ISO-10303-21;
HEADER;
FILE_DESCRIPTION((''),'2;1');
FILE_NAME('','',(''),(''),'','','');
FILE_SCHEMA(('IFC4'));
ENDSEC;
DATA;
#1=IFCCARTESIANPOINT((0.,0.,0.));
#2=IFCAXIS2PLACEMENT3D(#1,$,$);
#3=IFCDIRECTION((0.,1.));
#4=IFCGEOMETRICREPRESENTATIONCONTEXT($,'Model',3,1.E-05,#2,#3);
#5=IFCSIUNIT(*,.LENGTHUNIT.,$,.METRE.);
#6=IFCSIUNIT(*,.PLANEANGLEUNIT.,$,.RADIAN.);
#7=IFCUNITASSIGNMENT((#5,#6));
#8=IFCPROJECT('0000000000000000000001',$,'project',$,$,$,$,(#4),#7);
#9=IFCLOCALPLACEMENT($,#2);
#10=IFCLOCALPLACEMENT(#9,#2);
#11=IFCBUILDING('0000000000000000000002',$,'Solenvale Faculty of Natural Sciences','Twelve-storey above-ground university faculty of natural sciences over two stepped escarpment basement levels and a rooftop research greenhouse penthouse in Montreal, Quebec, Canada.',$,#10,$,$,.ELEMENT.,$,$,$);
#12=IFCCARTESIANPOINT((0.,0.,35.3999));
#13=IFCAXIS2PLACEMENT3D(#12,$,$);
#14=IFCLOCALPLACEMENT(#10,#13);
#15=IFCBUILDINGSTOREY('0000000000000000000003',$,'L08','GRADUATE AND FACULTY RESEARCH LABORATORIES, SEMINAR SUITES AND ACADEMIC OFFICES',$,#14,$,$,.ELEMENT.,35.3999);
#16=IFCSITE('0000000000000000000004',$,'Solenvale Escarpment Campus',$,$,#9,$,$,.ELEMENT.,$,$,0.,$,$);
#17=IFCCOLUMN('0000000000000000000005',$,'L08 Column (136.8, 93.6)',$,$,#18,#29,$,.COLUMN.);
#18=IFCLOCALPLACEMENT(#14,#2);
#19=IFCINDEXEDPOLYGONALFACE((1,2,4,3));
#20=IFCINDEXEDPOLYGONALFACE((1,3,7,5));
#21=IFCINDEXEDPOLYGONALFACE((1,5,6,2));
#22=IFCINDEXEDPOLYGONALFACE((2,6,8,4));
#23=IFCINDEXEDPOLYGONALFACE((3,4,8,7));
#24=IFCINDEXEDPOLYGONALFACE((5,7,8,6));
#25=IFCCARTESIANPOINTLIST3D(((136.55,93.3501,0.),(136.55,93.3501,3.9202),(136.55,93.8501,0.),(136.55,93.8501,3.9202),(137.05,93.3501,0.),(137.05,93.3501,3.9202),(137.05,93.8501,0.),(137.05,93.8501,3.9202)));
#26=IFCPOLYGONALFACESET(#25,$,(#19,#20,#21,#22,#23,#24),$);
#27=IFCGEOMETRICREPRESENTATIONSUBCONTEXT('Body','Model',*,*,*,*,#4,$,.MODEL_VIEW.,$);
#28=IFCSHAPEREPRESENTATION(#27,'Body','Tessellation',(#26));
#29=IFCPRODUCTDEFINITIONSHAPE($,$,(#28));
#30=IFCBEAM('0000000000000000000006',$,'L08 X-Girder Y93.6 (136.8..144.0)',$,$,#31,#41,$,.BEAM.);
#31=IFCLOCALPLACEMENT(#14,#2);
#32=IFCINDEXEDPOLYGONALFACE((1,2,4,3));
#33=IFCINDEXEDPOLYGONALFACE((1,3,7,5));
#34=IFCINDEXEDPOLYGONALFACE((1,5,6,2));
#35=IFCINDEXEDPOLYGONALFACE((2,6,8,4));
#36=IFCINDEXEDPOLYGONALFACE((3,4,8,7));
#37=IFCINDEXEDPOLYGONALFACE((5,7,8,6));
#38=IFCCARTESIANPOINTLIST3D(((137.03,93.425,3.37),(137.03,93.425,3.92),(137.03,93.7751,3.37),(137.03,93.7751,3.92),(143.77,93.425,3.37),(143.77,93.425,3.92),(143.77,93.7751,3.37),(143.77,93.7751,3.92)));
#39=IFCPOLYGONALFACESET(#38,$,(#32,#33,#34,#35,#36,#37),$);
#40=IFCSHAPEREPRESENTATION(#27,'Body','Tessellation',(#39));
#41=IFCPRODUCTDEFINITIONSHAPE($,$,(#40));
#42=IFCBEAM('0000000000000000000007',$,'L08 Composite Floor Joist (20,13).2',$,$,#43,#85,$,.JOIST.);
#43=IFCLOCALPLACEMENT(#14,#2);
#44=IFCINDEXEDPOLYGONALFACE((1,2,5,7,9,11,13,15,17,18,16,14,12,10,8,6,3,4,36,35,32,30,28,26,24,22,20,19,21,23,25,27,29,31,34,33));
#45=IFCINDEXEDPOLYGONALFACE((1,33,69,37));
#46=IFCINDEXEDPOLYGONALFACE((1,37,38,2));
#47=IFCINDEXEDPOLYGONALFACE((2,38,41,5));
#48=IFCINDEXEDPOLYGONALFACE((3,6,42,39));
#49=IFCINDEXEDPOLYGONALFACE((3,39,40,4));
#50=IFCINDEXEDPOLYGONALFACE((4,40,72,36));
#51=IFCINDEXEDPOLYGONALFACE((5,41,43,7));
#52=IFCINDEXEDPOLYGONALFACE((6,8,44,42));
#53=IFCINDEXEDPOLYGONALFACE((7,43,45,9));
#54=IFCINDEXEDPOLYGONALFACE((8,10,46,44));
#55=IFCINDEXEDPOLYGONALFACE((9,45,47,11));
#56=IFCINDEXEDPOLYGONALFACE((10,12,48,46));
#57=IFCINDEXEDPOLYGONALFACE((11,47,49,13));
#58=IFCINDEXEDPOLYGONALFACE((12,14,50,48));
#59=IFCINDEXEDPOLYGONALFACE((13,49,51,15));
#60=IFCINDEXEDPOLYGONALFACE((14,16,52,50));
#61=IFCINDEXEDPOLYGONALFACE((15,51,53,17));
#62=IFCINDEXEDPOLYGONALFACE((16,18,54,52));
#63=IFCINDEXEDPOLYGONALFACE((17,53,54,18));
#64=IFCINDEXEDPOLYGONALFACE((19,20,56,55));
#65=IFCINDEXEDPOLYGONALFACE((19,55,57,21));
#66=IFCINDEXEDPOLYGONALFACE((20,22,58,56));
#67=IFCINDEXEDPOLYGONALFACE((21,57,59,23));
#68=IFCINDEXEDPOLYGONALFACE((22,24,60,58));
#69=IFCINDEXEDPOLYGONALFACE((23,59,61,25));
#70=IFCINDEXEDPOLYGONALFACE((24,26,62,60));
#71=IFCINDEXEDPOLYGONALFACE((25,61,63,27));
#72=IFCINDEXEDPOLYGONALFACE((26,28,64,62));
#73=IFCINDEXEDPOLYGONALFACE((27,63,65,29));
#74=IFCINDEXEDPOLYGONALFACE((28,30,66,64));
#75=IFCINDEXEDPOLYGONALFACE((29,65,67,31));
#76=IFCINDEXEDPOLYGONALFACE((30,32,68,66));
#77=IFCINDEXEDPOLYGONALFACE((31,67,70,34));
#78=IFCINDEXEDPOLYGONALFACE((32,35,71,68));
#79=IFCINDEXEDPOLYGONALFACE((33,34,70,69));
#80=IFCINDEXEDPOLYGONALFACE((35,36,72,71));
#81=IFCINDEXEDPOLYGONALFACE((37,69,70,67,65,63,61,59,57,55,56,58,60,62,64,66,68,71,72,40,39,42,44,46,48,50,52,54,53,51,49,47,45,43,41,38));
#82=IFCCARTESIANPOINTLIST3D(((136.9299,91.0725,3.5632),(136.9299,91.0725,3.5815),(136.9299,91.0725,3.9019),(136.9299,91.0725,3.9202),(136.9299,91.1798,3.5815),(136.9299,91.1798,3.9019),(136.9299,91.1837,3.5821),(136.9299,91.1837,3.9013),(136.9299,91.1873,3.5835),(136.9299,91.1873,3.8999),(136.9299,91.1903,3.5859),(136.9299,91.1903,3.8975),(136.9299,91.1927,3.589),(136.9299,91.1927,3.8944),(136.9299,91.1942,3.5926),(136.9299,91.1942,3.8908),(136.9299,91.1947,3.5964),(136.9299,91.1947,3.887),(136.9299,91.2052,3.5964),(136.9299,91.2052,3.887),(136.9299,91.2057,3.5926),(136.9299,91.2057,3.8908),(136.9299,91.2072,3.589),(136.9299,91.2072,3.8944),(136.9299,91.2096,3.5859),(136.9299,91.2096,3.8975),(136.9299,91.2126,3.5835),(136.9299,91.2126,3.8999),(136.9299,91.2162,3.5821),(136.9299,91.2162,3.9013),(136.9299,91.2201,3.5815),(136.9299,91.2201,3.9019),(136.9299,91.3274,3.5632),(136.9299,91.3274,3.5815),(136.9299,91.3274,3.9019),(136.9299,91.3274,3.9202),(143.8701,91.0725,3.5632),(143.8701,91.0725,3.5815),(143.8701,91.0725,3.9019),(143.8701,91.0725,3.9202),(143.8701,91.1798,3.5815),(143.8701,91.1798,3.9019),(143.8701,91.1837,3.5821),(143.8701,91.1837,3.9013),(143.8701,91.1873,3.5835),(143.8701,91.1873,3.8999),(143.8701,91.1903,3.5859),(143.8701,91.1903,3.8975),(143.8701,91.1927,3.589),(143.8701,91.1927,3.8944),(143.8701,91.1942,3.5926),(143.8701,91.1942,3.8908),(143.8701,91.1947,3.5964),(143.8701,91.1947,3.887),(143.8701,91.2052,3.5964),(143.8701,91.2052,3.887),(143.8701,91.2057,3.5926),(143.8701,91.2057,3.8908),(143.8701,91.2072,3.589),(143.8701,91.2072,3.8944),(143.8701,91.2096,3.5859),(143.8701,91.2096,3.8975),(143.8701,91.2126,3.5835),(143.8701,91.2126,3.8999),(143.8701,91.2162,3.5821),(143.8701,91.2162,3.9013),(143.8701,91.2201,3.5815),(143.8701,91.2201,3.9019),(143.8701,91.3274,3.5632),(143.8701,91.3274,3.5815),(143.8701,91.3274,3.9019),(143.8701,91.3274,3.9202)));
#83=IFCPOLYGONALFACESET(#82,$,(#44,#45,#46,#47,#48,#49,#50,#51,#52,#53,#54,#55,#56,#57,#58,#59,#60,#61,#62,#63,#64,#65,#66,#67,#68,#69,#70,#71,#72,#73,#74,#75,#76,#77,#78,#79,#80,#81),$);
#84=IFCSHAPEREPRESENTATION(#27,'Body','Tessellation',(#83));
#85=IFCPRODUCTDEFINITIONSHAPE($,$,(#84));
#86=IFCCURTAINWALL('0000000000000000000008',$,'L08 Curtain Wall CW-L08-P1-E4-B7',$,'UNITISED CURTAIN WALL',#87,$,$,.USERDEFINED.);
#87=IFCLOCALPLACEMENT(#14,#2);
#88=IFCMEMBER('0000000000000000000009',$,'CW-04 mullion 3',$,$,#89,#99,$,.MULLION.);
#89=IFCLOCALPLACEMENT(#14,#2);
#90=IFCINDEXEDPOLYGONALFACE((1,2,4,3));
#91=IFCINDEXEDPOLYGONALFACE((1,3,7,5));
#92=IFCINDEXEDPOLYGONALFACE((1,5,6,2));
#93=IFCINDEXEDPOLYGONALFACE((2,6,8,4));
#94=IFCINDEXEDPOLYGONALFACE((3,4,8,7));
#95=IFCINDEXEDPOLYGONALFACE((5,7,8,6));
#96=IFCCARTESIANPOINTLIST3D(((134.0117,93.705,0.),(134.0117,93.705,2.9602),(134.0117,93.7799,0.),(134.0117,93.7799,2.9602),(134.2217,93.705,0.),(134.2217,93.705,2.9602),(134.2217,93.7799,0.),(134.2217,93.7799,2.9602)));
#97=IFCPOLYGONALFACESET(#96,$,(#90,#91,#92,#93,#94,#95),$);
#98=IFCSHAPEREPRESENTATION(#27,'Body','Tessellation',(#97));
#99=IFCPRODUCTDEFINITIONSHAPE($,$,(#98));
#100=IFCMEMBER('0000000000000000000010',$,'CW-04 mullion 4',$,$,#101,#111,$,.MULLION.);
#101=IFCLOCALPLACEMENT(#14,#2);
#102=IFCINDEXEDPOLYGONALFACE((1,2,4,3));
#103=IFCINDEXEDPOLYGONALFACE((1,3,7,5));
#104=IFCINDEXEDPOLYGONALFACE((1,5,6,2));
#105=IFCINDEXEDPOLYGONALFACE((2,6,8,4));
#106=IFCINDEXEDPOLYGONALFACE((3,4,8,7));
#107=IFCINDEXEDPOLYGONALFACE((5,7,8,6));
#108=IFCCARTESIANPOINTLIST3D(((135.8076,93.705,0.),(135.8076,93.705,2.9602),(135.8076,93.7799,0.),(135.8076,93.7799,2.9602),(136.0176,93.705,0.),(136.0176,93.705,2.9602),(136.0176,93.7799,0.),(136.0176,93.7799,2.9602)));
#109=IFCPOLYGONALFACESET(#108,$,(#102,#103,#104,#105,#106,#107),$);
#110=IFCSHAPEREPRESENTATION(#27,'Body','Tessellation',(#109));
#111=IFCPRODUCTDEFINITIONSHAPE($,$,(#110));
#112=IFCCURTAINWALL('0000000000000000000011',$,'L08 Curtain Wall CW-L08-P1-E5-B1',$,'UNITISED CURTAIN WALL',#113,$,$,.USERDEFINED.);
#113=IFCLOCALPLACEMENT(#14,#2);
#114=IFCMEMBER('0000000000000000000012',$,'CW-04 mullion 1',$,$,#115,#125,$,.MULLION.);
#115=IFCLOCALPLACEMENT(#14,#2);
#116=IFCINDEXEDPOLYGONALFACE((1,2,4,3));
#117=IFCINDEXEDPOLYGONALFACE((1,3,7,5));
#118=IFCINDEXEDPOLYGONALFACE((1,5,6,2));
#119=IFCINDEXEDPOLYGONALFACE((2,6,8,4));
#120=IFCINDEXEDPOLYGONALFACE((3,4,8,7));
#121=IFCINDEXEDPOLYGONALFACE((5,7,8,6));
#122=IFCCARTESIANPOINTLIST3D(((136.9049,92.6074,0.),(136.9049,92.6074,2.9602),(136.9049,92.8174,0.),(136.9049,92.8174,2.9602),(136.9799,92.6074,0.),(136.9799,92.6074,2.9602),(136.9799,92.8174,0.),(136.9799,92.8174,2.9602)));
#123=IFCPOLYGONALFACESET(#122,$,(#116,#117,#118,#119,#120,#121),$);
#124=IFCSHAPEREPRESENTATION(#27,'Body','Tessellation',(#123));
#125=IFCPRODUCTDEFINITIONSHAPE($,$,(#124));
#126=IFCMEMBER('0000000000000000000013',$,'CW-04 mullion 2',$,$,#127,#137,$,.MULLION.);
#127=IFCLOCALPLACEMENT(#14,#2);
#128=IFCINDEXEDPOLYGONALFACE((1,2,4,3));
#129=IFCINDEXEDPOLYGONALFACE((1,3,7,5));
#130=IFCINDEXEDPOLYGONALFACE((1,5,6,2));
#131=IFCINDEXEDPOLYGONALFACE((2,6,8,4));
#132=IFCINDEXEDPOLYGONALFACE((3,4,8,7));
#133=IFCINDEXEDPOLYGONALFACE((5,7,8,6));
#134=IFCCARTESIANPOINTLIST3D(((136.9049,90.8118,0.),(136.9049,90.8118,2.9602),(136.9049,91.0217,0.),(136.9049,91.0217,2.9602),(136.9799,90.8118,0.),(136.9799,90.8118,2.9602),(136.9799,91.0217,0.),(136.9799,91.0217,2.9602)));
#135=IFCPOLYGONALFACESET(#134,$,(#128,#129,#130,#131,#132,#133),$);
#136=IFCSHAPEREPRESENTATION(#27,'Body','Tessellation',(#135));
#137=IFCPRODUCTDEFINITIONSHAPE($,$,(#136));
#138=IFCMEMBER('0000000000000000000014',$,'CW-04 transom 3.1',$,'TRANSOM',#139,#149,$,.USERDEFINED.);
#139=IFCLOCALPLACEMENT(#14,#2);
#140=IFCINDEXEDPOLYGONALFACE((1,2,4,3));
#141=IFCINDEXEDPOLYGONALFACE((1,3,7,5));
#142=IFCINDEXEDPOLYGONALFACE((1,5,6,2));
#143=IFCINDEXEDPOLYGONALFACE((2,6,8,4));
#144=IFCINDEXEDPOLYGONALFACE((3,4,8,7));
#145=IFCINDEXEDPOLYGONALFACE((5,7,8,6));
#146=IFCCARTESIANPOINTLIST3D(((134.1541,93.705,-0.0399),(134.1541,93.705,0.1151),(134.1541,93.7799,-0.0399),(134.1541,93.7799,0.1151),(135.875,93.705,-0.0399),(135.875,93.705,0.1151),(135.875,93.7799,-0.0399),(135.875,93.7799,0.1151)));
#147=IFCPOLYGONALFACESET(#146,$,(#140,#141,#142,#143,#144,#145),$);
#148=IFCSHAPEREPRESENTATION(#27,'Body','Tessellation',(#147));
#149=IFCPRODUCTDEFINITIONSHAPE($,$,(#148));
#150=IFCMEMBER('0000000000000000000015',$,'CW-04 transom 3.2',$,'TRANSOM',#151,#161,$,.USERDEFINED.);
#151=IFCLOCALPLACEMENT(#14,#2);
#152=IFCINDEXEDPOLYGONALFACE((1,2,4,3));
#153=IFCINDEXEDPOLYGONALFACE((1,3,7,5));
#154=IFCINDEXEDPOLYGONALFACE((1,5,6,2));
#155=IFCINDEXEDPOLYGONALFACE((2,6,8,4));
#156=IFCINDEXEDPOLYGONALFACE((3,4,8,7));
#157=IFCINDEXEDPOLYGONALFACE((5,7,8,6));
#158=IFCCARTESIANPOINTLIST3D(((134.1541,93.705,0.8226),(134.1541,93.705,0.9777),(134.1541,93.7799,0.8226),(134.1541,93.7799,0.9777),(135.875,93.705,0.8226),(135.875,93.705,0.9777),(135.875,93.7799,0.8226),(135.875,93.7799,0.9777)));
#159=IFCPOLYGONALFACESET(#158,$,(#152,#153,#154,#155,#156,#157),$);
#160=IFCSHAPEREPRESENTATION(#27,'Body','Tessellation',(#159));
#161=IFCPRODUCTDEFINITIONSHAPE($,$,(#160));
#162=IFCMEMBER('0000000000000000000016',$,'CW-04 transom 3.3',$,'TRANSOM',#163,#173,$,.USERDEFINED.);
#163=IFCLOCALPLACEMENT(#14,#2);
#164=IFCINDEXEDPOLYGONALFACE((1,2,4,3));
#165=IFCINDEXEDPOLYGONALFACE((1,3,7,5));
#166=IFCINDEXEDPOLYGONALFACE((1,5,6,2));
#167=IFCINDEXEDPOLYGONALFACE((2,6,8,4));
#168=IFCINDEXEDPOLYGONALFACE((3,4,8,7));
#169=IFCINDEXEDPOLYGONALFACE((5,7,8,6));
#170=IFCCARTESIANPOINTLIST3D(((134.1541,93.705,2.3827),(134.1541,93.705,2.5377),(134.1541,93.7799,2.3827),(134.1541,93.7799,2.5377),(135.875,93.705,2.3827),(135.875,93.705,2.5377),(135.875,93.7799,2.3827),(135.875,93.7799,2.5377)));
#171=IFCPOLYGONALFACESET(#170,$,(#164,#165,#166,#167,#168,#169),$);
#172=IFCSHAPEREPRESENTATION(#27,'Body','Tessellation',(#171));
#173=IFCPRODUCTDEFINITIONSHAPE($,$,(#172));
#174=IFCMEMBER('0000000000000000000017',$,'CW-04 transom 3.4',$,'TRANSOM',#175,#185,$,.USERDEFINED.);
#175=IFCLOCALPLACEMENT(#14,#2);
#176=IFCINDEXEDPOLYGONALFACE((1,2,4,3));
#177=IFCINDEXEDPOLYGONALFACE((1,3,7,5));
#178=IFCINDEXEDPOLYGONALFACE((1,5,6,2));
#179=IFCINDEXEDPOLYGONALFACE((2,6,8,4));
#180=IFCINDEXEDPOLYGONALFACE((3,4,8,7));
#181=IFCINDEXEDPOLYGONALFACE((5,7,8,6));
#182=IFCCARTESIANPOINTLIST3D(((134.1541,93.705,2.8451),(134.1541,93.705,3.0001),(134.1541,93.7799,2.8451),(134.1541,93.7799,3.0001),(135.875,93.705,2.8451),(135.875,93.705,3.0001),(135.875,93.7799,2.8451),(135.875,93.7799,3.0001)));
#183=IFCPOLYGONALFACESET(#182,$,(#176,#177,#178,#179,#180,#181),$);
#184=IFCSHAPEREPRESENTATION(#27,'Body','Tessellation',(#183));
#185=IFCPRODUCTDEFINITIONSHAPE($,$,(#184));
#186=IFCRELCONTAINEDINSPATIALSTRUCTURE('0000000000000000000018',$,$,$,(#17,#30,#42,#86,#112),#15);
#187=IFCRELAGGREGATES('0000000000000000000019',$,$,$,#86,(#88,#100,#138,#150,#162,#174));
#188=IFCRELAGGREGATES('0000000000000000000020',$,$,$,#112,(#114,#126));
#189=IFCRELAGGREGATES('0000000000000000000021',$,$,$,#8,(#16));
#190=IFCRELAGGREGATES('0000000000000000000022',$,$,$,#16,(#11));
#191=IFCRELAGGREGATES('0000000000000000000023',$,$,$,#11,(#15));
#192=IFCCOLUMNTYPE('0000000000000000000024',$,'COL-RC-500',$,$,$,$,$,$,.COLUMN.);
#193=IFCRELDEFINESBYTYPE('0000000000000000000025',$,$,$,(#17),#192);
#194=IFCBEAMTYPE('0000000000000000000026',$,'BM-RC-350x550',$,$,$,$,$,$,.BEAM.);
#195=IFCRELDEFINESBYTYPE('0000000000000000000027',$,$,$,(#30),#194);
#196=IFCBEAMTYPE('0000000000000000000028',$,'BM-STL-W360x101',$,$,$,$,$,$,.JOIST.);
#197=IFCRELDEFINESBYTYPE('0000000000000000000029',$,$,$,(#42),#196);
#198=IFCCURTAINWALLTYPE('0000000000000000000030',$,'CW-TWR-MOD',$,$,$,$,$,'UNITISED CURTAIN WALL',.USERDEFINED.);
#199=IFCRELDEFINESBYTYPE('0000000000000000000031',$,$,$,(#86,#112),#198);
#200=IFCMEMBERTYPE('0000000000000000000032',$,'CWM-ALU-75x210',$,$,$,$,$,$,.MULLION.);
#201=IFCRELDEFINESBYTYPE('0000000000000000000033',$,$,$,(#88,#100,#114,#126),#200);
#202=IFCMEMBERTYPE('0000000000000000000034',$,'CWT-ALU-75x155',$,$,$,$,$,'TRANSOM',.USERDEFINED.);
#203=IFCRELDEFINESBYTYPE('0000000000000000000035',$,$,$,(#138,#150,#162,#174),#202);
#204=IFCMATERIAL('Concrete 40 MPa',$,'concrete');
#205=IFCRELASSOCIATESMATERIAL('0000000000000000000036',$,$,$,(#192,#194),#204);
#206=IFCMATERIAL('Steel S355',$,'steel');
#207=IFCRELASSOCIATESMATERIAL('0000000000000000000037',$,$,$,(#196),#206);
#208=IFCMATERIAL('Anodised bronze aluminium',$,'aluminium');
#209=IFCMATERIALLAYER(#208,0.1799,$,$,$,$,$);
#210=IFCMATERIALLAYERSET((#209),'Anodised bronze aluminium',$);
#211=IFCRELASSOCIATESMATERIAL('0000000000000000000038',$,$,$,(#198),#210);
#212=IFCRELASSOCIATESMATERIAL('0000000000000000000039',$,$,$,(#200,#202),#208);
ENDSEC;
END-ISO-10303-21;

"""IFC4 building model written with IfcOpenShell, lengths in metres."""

from ifc_helpers import new_model, si_unit, direction, frame, origin, origin_2d, place, context, subcontext, project, spatial, rectangle, i_section, extrude, material, layer, layer_set, material_profile, profile_set, type_object, element, aggregate, save


model = new_model("IFC4")

# Units and contexts
model_context = context("Model", 3, precision=1e-05, world=origin(), true_north=direction((0.0, 1.0)))
body_context = subcontext(model_context, "Body", "Model", "MODEL_VIEW")
ifc_project = project(units=[si_unit("LENGTHUNIT", "METRE"), si_unit("PLANEANGLEUNIT", "RADIAN")], contexts=[model_context])

# Site, building, storey
site_placement = place(None, origin())
site = spatial("IfcSite", under=ifc_project, at=site_placement, Name="Solenvale Escarpment Campus", CompositionType="ELEMENT", RefElevation=0.0)
building_placement = place(site_placement, origin())
building = spatial("IfcBuilding", under=site, at=building_placement, Name="Solenvale Faculty of Natural Sciences", Description="Twelve-storey above-ground university faculty of natural sciences over two stepped escarpment basement levels and a rooftop research greenhouse penthouse in Montreal, Quebec, Canada.", CompositionType="ELEMENT")
storey_placement = place(building_placement, frame((0.0, 0.0, 35.3999)))
storey = spatial("IfcBuildingStorey", under=building, at=storey_placement, Name="L08", Description="GRADUATE AND FACULTY RESEARCH LABORATORIES, SEMINAR SUITES AND ACADEMIC OFFICES", CompositionType="ELEMENT", Elevation=35.3999)

# Column
ifc_material_1 = material(Name="Concrete 40 MPa", Category="concrete")
ifc_material_profile_1 = material_profile(ifc_material_1, rectangle(XDim=0.5, YDim=0.5, at=origin_2d()), Name="RC-COL-500x500")
ifc_profile_set_1 = profile_set([ifc_material_profile_1], Name="Concrete 40 MPa")
column_type = type_object("IfcColumnType", Name="COL-RC-500", PredefinedType="COLUMN", material=ifc_profile_set_1)
column_placement = place(storey_placement, frame((136.8, 93.6001, 0.0), z_axis=(0.0, 0.0, 1.0), x_axis=(1.0, 0.0, 0.0)))
element("IfcColumn", 1, at=column_placement, inside=storey, type_object=column_type, Name="L08 Column (136.8, 93.6)", PredefinedType="COLUMN", context=body_context, shape_type="SweptSolid", body=[
    extrude(rectangle(XDim=0.5, YDim=0.5, at=origin_2d()), origin(), (0.0, 0.0, 1.0), 3.9202),
])

# Beams
ifc_material_profile_2 = material_profile(ifc_material_1, rectangle(XDim=0.3501, YDim=0.55, at=origin_2d()), Name="RC-BM-350x550")
ifc_profile_set_2 = profile_set([ifc_material_profile_2], Name="Concrete 40 MPa")
beam_type_1 = type_object("IfcBeamType", Name="BM-RC-350x550", PredefinedType="BEAM", material=ifc_profile_set_2)
beam_1_placement = place(storey_placement, frame((137.03, 93.6001, 3.645), z_axis=(1.0, 0.0, 0.0), x_axis=(0.0, 1.0, 0.0)))
element("IfcBeam", 2, at=beam_1_placement, inside=storey, type_object=beam_type_1, Name="L08 X-Girder Y93.6 (136.8..144.0)", PredefinedType="BEAM", context=body_context, shape_type="SweptSolid", body=[
    extrude(rectangle(XDim=0.3501, YDim=0.55, at=origin_2d()), origin(), (0.0, 0.0, 1.0), 6.74),
])
ifc_material_2 = material(Name="Steel S355", Category="steel")
ifc_material_profile_3 = material_profile(ifc_material_2, i_section(OverallWidth=0.2549, OverallDepth=0.3569, WebThickness=0.0105, FlangeThickness=0.0183, FilletRadius=0.0149, at=origin_2d()), Name="W360x101")
ifc_profile_set_3 = profile_set([ifc_material_profile_3], Name="Steel S355")
beam_type_2 = type_object("IfcBeamType", Name="BM-STL-W360x101", PredefinedType="JOIST", material=ifc_profile_set_3)
beam_2_placement = place(storey_placement, frame((136.9299, 91.2, 3.7417), z_axis=(1.0, 0.0, 0.0), x_axis=(0.0, 1.0, 0.0)))
element("IfcBeam", 3, at=beam_2_placement, inside=storey, type_object=beam_type_2, Name="L08 Composite Floor Joist (20,13).2", PredefinedType="JOIST", context=body_context, shape_type="SweptSolid", body=[
    extrude(i_section(OverallWidth=0.2549, OverallDepth=0.3569, WebThickness=0.0105, FlangeThickness=0.0183, FilletRadius=0.0149, at=origin_2d()), origin(), (0.0, 0.0, 1.0), 6.9402),
])

# Curtain walls, members
ifc_material_3 = material(Name="Anodised bronze aluminium", Category="aluminium")
ifc_layer_1 = layer(ifc_material_3, 0.1799)
ifc_layer_set_1 = layer_set([ifc_layer_1], Name="Anodised bronze aluminium")
curtain_wall_type = type_object("IfcCurtainWallType", Name="CW-TWR-MOD", ElementType="UNITISED CURTAIN WALL", PredefinedType="USERDEFINED", material=ifc_layer_set_1)
curtain_wall_1_placement = place(storey_placement, origin())
curtain_wall_1 = element("IfcCurtainWall", 4, at=curtain_wall_1_placement, inside=storey, type_object=curtain_wall_type, Name="L08 Curtain Wall CW-L08-P1-E4-B7", ObjectType="UNITISED CURTAIN WALL", PredefinedType="USERDEFINED")
ifc_material_profile_4 = material_profile(ifc_material_3, rectangle(XDim=0.075, YDim=0.21, at=origin_2d()), Name="ALU-MUL-75x210")
ifc_profile_set_4 = profile_set([ifc_material_profile_4], Name="Anodised bronze aluminium")
member_type_1 = type_object("IfcMemberType", Name="CWM-ALU-75x210", PredefinedType="MULLION", material=ifc_profile_set_4)
member_1_placement = place(storey_placement, frame((134.1167, 93.7424, 0.0), z_axis=(0.0, 0.0, 1.0), x_axis=(0.0, 1.0, 0.0)))
member_1 = element("IfcMember", 5, at=member_1_placement, type_object=member_type_1, Name="CW-04 mullion 3", PredefinedType="MULLION", context=body_context, shape_type="SweptSolid", body=[
    extrude(rectangle(XDim=0.075, YDim=0.21, at=origin_2d()), origin(), (0.0, 0.0, 1.0), 2.9602),
])
member_2_placement = place(storey_placement, frame((135.9126, 93.7424, 0.0), z_axis=(0.0, 0.0, 1.0), x_axis=(0.0, 1.0, 0.0)))
member_2 = element("IfcMember", 6, at=member_2_placement, type_object=member_type_1, Name="CW-04 mullion 4", PredefinedType="MULLION", context=body_context, shape_type="SweptSolid", body=[
    extrude(rectangle(XDim=0.075, YDim=0.21, at=origin_2d()), origin(), (0.0, 0.0, 1.0), 2.9602),
])
curtain_wall_2_placement = place(storey_placement, origin())
curtain_wall_2 = element("IfcCurtainWall", 7, at=curtain_wall_2_placement, inside=storey, type_object=curtain_wall_type, Name="L08 Curtain Wall CW-L08-P1-E5-B1", ObjectType="UNITISED CURTAIN WALL", PredefinedType="USERDEFINED")
member_3_placement = place(storey_placement, frame((136.9424, 92.7124, 0.0), z_axis=(0.0, 0.0, 1.0), x_axis=(1.0, 0.0, 0.0)))
member_3 = element("IfcMember", 8, at=member_3_placement, type_object=member_type_1, Name="CW-04 mullion 1", PredefinedType="MULLION", context=body_context, shape_type="SweptSolid", body=[
    extrude(rectangle(XDim=0.075, YDim=0.21, at=origin_2d()), origin(), (0.0, 0.0, 1.0), 2.9602),
])
member_4_placement = place(storey_placement, frame((136.9424, 90.9167, 0.0), z_axis=(0.0, 0.0, 1.0), x_axis=(1.0, 0.0, 0.0)))
member_4 = element("IfcMember", 9, at=member_4_placement, type_object=member_type_1, Name="CW-04 mullion 2", PredefinedType="MULLION", context=body_context, shape_type="SweptSolid", body=[
    extrude(rectangle(XDim=0.075, YDim=0.21, at=origin_2d()), origin(), (0.0, 0.0, 1.0), 2.9602),
])

# Members
ifc_material_profile_5 = material_profile(ifc_material_3, rectangle(XDim=0.075, YDim=0.155, at=origin_2d()), Name="ALU-TRN-75x155")
ifc_profile_set_5 = profile_set([ifc_material_profile_5], Name="Anodised bronze aluminium")
member_type_2 = type_object("IfcMemberType", Name="CWT-ALU-75x155", ElementType="TRANSOM", PredefinedType="USERDEFINED", material=ifc_profile_set_5)
member_5_placement = place(storey_placement, frame((134.1541, 93.7424, 0.0376), z_axis=(1.0, 0.0, 0.0), x_axis=(0.0, 1.0, 0.0)))
member_5 = element("IfcMember", 10, at=member_5_placement, type_object=member_type_2, Name="CW-04 transom 3.1", ObjectType="TRANSOM", PredefinedType="USERDEFINED", context=body_context, shape_type="SweptSolid", body=[
    extrude(rectangle(XDim=0.075, YDim=0.155, at=origin_2d()), origin(), (0.0, 0.0, 1.0), 1.7209),
])
member_6_placement = place(storey_placement, frame((134.1541, 93.7424, 0.9001), z_axis=(1.0, 0.0, 0.0), x_axis=(0.0, 1.0, 0.0)))
member_6 = element("IfcMember", 11, at=member_6_placement, type_object=member_type_2, Name="CW-04 transom 3.2", ObjectType="TRANSOM", PredefinedType="USERDEFINED", context=body_context, shape_type="SweptSolid", body=[
    extrude(rectangle(XDim=0.075, YDim=0.155, at=origin_2d()), origin(), (0.0, 0.0, 1.0), 1.7209),
])
member_7_placement = place(storey_placement, frame((134.1541, 93.7424, 2.4602), z_axis=(1.0, 0.0, 0.0), x_axis=(0.0, 1.0, 0.0)))
member_7 = element("IfcMember", 12, at=member_7_placement, type_object=member_type_2, Name="CW-04 transom 3.3", ObjectType="TRANSOM", PredefinedType="USERDEFINED", context=body_context, shape_type="SweptSolid", body=[
    extrude(rectangle(XDim=0.075, YDim=0.155, at=origin_2d()), origin(), (0.0, 0.0, 1.0), 1.7209),
])
member_8_placement = place(storey_placement, frame((134.1541, 93.7424, 2.9226), z_axis=(1.0, 0.0, 0.0), x_axis=(0.0, 1.0, 0.0)))
member_8 = element("IfcMember", 13, at=member_8_placement, type_object=member_type_2, Name="CW-04 transom 3.4", ObjectType="TRANSOM", PredefinedType="USERDEFINED", context=body_context, shape_type="SweptSolid", body=[
    extrude(rectangle(XDim=0.075, YDim=0.155, at=origin_2d()), origin(), (0.0, 0.0, 1.0), 1.7209),
])

aggregate(curtain_wall_1, [member_1, member_2, member_5, member_6, member_7, member_8])
aggregate(curtain_wall_2, [member_3, member_4])

save(model, "model.ifc")
